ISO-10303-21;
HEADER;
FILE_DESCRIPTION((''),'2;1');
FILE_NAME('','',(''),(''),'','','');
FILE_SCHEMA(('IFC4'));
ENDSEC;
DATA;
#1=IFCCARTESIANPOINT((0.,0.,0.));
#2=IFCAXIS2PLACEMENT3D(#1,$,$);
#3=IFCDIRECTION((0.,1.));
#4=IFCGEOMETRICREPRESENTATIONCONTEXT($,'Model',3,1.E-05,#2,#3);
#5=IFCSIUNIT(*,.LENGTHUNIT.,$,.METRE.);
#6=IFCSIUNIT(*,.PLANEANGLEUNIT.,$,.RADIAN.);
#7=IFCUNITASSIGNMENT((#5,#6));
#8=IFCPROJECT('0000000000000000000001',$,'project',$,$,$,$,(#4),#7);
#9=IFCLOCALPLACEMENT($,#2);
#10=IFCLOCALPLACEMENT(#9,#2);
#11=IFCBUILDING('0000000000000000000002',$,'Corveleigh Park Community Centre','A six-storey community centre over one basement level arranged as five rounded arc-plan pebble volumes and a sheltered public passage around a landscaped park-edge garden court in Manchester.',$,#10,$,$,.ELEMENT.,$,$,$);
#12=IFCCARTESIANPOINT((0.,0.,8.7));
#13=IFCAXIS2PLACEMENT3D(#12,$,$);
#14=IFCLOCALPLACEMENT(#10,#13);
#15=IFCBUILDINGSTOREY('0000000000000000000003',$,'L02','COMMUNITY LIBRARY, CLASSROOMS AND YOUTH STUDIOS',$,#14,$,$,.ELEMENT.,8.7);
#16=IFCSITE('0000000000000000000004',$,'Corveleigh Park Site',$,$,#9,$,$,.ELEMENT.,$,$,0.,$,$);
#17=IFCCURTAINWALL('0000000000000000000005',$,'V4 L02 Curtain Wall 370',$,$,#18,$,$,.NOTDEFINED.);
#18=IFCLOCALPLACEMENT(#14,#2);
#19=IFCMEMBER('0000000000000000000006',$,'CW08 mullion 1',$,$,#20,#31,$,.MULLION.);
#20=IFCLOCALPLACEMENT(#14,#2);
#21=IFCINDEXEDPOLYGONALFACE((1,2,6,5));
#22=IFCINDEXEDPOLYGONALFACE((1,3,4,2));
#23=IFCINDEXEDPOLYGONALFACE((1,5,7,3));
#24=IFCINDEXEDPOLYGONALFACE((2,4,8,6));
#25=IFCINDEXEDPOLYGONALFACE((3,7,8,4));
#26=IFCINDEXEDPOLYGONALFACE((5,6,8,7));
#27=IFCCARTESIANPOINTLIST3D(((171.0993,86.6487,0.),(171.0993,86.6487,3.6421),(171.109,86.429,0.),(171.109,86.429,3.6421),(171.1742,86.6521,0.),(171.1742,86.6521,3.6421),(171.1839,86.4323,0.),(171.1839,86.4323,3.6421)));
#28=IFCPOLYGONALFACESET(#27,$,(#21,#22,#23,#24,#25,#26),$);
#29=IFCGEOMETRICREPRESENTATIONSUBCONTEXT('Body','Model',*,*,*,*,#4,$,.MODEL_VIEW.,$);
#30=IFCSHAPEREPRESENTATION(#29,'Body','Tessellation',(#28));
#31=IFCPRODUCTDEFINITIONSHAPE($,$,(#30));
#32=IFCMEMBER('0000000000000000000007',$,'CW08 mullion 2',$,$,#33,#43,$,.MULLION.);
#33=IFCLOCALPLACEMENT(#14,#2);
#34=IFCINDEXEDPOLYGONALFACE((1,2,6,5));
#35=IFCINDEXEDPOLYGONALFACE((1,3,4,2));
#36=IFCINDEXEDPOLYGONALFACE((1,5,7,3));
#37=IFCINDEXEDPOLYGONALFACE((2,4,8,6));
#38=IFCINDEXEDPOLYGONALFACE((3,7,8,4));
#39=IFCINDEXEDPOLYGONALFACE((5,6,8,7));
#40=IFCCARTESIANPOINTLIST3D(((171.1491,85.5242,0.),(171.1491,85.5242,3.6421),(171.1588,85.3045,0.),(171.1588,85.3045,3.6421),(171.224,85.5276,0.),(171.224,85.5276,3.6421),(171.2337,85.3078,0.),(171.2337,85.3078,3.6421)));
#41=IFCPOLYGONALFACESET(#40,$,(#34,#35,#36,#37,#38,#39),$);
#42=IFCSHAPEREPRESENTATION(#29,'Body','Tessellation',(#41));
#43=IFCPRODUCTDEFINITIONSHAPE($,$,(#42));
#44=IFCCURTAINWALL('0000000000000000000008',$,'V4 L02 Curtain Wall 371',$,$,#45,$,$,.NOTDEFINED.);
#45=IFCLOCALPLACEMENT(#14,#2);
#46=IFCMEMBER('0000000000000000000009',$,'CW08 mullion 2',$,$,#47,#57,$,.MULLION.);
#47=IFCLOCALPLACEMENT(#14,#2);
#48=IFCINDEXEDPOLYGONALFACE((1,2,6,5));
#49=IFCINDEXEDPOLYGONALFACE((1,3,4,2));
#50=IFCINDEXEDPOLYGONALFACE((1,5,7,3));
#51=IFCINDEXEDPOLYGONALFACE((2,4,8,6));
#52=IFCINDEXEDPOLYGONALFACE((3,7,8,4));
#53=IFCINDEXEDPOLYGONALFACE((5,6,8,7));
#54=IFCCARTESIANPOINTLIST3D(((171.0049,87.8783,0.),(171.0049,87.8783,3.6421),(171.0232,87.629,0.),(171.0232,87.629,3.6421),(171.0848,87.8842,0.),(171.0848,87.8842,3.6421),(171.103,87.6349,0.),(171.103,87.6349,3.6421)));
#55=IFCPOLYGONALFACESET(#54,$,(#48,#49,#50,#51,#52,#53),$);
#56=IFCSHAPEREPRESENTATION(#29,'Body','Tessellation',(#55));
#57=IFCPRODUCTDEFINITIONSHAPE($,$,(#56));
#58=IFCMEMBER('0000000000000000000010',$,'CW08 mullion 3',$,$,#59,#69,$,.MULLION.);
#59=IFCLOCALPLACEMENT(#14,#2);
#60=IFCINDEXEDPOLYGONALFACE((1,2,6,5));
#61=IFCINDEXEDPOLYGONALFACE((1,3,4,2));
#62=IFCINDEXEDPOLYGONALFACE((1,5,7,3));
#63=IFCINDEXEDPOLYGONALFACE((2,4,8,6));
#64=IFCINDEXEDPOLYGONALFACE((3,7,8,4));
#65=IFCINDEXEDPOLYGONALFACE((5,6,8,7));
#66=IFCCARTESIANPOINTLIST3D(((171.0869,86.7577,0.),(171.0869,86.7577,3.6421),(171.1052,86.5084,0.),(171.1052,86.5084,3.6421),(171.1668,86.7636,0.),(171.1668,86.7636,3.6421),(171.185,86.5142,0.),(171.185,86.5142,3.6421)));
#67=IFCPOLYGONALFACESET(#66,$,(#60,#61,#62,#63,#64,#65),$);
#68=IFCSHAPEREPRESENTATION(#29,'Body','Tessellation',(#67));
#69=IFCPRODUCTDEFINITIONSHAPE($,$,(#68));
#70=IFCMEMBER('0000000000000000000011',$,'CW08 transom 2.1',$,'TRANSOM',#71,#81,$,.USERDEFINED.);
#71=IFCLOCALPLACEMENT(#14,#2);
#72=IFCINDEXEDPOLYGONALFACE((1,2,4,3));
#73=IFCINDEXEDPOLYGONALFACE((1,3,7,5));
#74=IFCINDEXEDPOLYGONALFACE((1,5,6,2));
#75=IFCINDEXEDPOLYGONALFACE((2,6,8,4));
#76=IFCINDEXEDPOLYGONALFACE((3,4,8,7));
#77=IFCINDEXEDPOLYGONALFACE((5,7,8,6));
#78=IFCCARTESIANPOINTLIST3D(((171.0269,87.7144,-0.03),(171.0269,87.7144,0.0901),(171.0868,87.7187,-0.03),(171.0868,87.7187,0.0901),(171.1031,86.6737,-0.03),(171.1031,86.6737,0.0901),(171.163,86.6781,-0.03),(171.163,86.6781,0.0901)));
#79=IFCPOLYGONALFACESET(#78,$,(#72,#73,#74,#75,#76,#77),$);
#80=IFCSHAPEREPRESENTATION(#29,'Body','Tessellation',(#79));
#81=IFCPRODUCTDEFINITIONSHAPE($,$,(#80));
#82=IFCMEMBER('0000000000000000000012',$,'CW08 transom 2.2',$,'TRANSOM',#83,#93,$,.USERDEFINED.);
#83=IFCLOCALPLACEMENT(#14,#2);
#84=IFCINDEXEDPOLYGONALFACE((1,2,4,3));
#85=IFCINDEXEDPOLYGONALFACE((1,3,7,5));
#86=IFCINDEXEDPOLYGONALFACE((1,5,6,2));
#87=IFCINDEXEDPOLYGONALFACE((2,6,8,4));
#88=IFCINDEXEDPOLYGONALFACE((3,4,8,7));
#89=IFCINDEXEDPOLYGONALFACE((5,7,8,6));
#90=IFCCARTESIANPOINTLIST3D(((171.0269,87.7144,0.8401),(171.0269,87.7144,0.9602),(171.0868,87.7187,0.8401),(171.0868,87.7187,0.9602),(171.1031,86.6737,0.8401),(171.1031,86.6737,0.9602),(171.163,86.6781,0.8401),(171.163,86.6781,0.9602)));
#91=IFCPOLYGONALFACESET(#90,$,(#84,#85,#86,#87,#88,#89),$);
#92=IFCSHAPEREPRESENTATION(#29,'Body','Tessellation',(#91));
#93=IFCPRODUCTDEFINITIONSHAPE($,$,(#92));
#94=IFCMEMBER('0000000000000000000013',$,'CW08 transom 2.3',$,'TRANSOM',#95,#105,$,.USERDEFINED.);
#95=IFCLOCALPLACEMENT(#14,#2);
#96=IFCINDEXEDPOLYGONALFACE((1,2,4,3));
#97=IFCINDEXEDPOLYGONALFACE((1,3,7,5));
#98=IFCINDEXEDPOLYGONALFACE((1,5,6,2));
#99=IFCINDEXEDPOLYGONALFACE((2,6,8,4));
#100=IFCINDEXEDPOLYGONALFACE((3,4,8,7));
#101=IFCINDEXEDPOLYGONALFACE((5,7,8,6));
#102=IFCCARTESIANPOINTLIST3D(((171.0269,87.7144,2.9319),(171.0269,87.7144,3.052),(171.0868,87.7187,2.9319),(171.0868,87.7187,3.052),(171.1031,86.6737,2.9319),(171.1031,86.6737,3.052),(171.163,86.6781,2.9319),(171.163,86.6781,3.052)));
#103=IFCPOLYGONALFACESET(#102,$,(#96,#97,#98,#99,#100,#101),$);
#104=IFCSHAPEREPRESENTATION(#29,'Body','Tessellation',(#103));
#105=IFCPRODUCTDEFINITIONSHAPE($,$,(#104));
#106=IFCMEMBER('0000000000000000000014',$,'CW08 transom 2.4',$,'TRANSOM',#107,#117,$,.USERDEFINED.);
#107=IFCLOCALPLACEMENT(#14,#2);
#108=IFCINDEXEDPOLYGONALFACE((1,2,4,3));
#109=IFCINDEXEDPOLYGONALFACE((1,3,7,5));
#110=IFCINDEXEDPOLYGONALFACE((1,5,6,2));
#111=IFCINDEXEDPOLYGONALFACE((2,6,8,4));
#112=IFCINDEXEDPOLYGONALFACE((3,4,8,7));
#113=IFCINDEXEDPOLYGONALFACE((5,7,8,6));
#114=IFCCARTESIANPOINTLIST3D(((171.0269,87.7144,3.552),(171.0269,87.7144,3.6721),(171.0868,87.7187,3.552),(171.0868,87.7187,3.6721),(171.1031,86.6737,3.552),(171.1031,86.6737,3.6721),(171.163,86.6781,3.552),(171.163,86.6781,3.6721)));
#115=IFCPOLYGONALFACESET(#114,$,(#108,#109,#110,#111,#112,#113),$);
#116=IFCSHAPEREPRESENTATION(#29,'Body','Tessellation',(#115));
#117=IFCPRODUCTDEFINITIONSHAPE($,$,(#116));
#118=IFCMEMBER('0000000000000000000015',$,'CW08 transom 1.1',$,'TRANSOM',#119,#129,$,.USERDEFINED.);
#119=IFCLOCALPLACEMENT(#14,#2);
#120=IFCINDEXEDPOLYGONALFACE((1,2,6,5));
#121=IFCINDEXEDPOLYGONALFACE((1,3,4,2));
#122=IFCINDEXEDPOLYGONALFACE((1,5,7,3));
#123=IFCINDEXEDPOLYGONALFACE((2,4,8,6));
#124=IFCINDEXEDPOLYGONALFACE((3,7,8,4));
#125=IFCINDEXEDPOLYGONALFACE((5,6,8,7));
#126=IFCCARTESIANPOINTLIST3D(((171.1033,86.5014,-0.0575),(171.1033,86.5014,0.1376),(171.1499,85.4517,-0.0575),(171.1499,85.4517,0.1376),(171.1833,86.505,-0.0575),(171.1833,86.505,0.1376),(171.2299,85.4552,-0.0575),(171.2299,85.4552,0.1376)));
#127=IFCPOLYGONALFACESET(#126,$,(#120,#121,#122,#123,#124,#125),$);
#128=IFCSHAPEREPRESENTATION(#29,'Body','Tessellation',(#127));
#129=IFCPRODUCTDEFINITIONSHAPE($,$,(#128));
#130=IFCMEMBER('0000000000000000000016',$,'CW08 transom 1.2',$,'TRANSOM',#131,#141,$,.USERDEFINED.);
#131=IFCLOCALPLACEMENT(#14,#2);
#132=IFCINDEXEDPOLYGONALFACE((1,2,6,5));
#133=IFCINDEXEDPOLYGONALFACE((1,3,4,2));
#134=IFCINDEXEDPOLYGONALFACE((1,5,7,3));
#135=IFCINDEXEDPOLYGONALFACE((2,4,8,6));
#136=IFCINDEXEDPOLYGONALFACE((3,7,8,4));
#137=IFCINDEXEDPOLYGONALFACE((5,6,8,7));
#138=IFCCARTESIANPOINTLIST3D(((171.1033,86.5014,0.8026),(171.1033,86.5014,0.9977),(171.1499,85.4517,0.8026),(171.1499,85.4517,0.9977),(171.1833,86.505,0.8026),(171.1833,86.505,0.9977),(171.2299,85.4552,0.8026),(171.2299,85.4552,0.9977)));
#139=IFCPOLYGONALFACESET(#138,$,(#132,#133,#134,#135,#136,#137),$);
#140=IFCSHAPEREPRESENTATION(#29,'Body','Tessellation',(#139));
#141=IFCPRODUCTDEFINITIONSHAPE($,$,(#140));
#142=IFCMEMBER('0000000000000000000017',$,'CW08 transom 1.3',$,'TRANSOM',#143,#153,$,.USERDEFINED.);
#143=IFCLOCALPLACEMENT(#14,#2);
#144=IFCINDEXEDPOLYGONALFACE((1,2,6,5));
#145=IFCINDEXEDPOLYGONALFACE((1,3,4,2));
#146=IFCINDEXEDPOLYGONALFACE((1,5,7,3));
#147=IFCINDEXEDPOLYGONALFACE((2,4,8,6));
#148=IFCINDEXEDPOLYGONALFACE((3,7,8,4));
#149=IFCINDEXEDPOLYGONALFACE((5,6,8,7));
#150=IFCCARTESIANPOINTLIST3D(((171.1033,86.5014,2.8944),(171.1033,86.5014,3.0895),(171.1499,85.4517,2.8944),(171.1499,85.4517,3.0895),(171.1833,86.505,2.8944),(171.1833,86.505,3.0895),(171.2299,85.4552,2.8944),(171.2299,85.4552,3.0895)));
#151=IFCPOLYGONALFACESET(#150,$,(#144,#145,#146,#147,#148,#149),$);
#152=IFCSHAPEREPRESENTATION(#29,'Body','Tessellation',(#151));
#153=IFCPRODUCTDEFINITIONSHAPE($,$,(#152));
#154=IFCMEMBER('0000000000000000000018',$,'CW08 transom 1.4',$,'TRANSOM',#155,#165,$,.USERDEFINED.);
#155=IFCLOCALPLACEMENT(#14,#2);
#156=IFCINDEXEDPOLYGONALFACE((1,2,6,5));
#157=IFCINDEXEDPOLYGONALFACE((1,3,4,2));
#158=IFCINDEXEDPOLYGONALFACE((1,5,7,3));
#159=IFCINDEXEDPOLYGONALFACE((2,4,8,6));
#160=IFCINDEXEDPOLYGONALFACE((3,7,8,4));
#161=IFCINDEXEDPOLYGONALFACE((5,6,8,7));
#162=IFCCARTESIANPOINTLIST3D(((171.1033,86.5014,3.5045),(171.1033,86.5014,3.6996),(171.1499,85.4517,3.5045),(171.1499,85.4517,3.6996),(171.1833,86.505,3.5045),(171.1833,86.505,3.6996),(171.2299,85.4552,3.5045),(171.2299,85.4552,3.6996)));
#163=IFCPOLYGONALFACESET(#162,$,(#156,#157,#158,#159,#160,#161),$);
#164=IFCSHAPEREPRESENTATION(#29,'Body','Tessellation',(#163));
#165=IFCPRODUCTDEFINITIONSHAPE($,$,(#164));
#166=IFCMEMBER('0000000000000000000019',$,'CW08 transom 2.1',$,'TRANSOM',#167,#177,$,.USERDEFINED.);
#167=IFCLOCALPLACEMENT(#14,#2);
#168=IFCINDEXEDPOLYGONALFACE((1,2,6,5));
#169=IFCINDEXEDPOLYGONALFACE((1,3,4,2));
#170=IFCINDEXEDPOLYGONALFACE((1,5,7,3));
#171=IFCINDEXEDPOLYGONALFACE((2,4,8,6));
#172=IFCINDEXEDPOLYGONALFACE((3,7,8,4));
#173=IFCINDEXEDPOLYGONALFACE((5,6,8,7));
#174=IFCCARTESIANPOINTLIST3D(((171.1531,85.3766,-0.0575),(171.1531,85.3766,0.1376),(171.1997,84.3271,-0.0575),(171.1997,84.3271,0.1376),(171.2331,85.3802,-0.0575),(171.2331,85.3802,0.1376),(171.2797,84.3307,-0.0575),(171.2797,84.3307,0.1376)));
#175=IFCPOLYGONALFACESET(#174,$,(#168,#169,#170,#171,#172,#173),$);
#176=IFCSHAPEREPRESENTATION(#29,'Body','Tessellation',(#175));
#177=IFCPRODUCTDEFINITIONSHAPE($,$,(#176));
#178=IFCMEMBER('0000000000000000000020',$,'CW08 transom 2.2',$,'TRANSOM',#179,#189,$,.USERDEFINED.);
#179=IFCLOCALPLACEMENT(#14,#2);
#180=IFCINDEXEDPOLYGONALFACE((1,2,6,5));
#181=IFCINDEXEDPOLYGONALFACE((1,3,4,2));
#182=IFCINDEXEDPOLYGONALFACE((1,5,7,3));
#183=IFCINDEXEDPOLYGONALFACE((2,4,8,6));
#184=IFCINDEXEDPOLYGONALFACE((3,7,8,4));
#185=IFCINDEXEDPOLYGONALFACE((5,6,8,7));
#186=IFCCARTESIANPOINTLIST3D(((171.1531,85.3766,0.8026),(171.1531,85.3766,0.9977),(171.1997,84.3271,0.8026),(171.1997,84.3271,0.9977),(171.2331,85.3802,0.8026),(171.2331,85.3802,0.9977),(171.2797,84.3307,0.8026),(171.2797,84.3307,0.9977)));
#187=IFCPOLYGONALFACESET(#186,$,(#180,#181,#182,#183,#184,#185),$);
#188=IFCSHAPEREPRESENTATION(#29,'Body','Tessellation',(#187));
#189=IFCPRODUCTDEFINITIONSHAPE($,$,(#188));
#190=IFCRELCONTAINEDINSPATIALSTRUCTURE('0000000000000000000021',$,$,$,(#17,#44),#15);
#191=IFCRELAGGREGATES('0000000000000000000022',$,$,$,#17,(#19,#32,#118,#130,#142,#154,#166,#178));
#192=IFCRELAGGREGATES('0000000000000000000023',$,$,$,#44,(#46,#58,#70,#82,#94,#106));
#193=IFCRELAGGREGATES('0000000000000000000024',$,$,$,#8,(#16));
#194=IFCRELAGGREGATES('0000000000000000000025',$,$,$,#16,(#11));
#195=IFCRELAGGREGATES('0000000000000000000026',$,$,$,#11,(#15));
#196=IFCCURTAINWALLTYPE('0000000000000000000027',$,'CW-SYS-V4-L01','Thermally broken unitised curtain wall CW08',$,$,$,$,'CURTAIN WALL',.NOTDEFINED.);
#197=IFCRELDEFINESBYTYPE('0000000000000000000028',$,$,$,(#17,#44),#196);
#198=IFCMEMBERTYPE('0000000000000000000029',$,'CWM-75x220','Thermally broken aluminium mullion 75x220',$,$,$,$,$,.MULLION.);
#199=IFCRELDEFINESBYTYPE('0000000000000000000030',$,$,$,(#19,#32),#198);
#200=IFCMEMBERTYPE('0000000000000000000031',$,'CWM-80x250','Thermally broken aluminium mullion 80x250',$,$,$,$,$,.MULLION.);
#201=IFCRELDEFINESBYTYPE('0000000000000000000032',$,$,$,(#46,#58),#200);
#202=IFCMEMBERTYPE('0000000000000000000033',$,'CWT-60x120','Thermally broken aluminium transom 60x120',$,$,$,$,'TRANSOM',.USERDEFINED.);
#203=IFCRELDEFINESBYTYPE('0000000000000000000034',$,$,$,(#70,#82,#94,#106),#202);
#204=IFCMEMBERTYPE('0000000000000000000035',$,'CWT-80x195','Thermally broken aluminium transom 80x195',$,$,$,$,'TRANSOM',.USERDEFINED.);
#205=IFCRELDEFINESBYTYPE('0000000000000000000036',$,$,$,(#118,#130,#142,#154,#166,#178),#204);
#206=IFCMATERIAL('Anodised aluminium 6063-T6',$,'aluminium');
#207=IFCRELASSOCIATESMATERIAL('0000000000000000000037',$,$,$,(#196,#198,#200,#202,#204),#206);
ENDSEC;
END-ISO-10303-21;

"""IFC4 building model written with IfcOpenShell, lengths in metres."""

from ifc_helpers import new_model, si_unit, direction, frame, origin, origin_2d, place, context, subcontext, project, spatial, rectangle, extrude, material, material_profile, profile_set, type_object, element, aggregate, save


model = new_model("IFC4")

# Units and contexts
model_context = context("Model", 3, precision=1e-05, world=origin(), true_north=direction((0.0, 1.0)))
body_context = subcontext(model_context, "Body", "Model", "MODEL_VIEW")
ifc_project = project(units=[si_unit("LENGTHUNIT", "METRE"), si_unit("PLANEANGLEUNIT", "RADIAN")], contexts=[model_context])

# Site, building, storey
site_placement = place(None, origin())
site = spatial("IfcSite", under=ifc_project, at=site_placement, Name="Corveleigh Park Site", CompositionType="ELEMENT", RefElevation=0.0)
building_placement = place(site_placement, origin())
building = spatial("IfcBuilding", under=site, at=building_placement, Name="Corveleigh Park Community Centre", Description="A six-storey community centre over one basement level arranged as five rounded arc-plan pebble volumes and a sheltered public passage around a landscaped park-edge garden court in Manchester.", CompositionType="ELEMENT")
storey_placement = place(building_placement, frame((0.0, 0.0, 8.7)))
storey = spatial("IfcBuildingStorey", under=building, at=storey_placement, Name="L02", Description="COMMUNITY LIBRARY, CLASSROOMS AND YOUTH STUDIOS", CompositionType="ELEMENT", Elevation=8.7)

# Curtain walls, members
ifc_material_1 = material(Name="Anodised aluminium 6063-T6", Category="aluminium")
curtain_wall_type = type_object("IfcCurtainWallType", Name="CW-SYS-V4-L01", Description="Thermally broken unitised curtain wall CW08", ElementType="CURTAIN WALL", PredefinedType="NOTDEFINED", material=ifc_material_1)
curtain_wall_1_placement = place(storey_placement, origin())
curtain_wall_1 = element("IfcCurtainWall", 1, at=curtain_wall_1_placement, inside=storey, type_object=curtain_wall_type, Name="V4 L02 Curtain Wall 370", PredefinedType="NOTDEFINED")
ifc_material_profile_1 = material_profile(ifc_material_1, rectangle(XDim=0.075, YDim=0.22, at=origin_2d()), Name="ALU-M75x220", Category="aluminium")
ifc_profile_set_1 = profile_set([ifc_material_profile_1], Name="Anodised aluminium 6063-T6")
member_type_1 = type_object("IfcMemberType", Name="CWM-75x220", Description="Thermally broken aluminium mullion 75x220", PredefinedType="MULLION", material=ifc_profile_set_1)
member_1_placement = place(storey_placement, frame((171.1416, 86.5405, 0.0), z_axis=(0.0, 0.0, 1.0), x_axis=(0.999019, 0.044277, 0.0)))
member_1 = element("IfcMember", 2, at=member_1_placement, type_object=member_type_1, Name="CW08 mullion 1", PredefinedType="MULLION", context=body_context, shape_type="SweptSolid", body=[
    extrude(rectangle(XDim=0.075, YDim=0.22, at=origin_2d()), origin(), (0.0, 0.0, 1.0), 3.6421),
])
member_2_placement = place(storey_placement, frame((171.1914, 85.416, 0.0), z_axis=(0.0, 0.0, 1.0), x_axis=(0.999019, 0.044277, 0.0)))
member_2 = element("IfcMember", 3, at=member_2_placement, type_object=member_type_1, Name="CW08 mullion 2", PredefinedType="MULLION", context=body_context, shape_type="SweptSolid", body=[
    extrude(rectangle(XDim=0.075, YDim=0.22, at=origin_2d()), origin(), (0.0, 0.0, 1.0), 3.6421),
])
curtain_wall_2_placement = place(storey_placement, origin())
curtain_wall_2 = element("IfcCurtainWall", 4, at=curtain_wall_2_placement, inside=storey, type_object=curtain_wall_type, Name="V4 L02 Curtain Wall 371", PredefinedType="NOTDEFINED")
ifc_material_profile_2 = material_profile(ifc_material_1, rectangle(XDim=0.0801, YDim=0.25, at=origin_2d()), Name="ALU-M80x250", Category="aluminium")
ifc_profile_set_2 = profile_set([ifc_material_profile_2], Name="Anodised aluminium 6063-T6")
member_type_2 = type_object("IfcMemberType", Name="CWM-80x250", Description="Thermally broken aluminium mullion 80x250", PredefinedType="MULLION", material=ifc_profile_set_2)
member_3_placement = place(storey_placement, frame((171.054, 87.7566, 0.0), z_axis=(0.0, 0.0, 1.0), x_axis=(0.997328, 0.073049, 0.0)))
member_3 = element("IfcMember", 5, at=member_3_placement, type_object=member_type_2, Name="CW08 mullion 2", PredefinedType="MULLION", context=body_context, shape_type="SweptSolid", body=[
    extrude(rectangle(XDim=0.0801, YDim=0.25, at=origin_2d()), origin(), (0.0, 0.0, 1.0), 3.6421),
])
member_4_placement = place(storey_placement, frame((171.136, 86.636, 0.0), z_axis=(0.0, 0.0, 1.0), x_axis=(0.997328, 0.073049, 0.0)))
member_4 = element("IfcMember", 6, at=member_4_placement, type_object=member_type_2, Name="CW08 mullion 3", PredefinedType="MULLION", context=body_context, shape_type="SweptSolid", body=[
    extrude(rectangle(XDim=0.0801, YDim=0.25, at=origin_2d()), origin(), (0.0, 0.0, 1.0), 3.6421),
])
ifc_material_profile_3 = material_profile(ifc_material_1, rectangle(XDim=0.0601, YDim=0.1201, at=origin_2d()), Name="ALU-T60x120", Category="aluminium")
ifc_profile_set_3 = profile_set([ifc_material_profile_3], Name="Anodised aluminium 6063-T6")
member_type_3 = type_object("IfcMemberType", Name="CWT-60x120", Description="Thermally broken aluminium transom 60x120", ElementType="TRANSOM", PredefinedType="USERDEFINED", material=ifc_profile_set_3)
member_5_placement = place(storey_placement, frame((171.0569, 87.7166, 0.03), z_axis=(0.072993, -0.997332, 0.0), x_axis=(0.997332, 0.072993, 0.0)))
member_5 = element("IfcMember", 7, at=member_5_placement, type_object=member_type_3, Name="CW08 transom 2.1", ObjectType="TRANSOM", PredefinedType="USERDEFINED", context=body_context, shape_type="SweptSolid", body=[
    extrude(rectangle(XDim=0.0601, YDim=0.1201, at=origin_2d()), origin(), (0.0, 0.0, 1.0), 1.0435),
])
member_6_placement = place(storey_placement, frame((171.0569, 87.7166, 0.9001), z_axis=(0.072993, -0.997332, 0.0), x_axis=(0.997332, 0.072993, 0.0)))
member_6 = element("IfcMember", 8, at=member_6_placement, type_object=member_type_3, Name="CW08 transom 2.2", ObjectType="TRANSOM", PredefinedType="USERDEFINED", context=body_context, shape_type="SweptSolid", body=[
    extrude(rectangle(XDim=0.0601, YDim=0.1201, at=origin_2d()), origin(), (0.0, 0.0, 1.0), 1.0435),
])
member_7_placement = place(storey_placement, frame((171.0569, 87.7166, 2.9919), z_axis=(0.072993, -0.997332, 0.0), x_axis=(0.997332, 0.072993, 0.0)))
member_7 = element("IfcMember", 9, at=member_7_placement, type_object=member_type_3, Name="CW08 transom 2.3", ObjectType="TRANSOM", PredefinedType="USERDEFINED", context=body_context, shape_type="SweptSolid", body=[
    extrude(rectangle(XDim=0.0601, YDim=0.1201, at=origin_2d()), origin(), (0.0, 0.0, 1.0), 1.0435),
])
member_8_placement = place(storey_placement, frame((171.0569, 87.7166, 3.6121), z_axis=(0.072993, -0.997332, 0.0), x_axis=(0.997332, 0.072993, 0.0)))
member_8 = element("IfcMember", 10, at=member_8_placement, type_object=member_type_3, Name="CW08 transom 2.4", ObjectType="TRANSOM", PredefinedType="USERDEFINED", context=body_context, shape_type="SweptSolid", body=[
    extrude(rectangle(XDim=0.0601, YDim=0.1201, at=origin_2d()), origin(), (0.0, 0.0, 1.0), 1.0435),
])

# Members
ifc_material_profile_4 = material_profile(ifc_material_1, rectangle(XDim=0.0801, YDim=0.1951, at=origin_2d()), Name="ALU-T80x195", Category="aluminium")
ifc_profile_set_4 = profile_set([ifc_material_profile_4], Name="Anodised aluminium 6063-T6")
member_type_4 = type_object("IfcMemberType", Name="CWT-80x195", Description="Thermally broken aluminium transom 80x195", ElementType="TRANSOM", PredefinedType="USERDEFINED", material=ifc_profile_set_4)
member_9_placement = place(storey_placement, frame((171.1433, 86.5032, 0.04), z_axis=(0.044375, -0.999015, 0.0), x_axis=(0.999015, 0.044375, 0.0)))
member_9 = element("IfcMember", 11, at=member_9_placement, type_object=member_type_4, Name="CW08 transom 1.1", ObjectType="TRANSOM", PredefinedType="USERDEFINED", context=body_context, shape_type="SweptSolid", body=[
    extrude(rectangle(XDim=0.0801, YDim=0.1951, at=origin_2d()), origin(), (0.0, 0.0, 1.0), 1.0508),
])
member_10_placement = place(storey_placement, frame((171.1433, 86.5032, 0.9001), z_axis=(0.044375, -0.999015, 0.0), x_axis=(0.999015, 0.044375, 0.0)))
member_10 = element("IfcMember", 12, at=member_10_placement, type_object=member_type_4, Name="CW08 transom 1.2", ObjectType="TRANSOM", PredefinedType="USERDEFINED", context=body_context, shape_type="SweptSolid", body=[
    extrude(rectangle(XDim=0.0801, YDim=0.1951, at=origin_2d()), origin(), (0.0, 0.0, 1.0), 1.0508),
])
member_11_placement = place(storey_placement, frame((171.1433, 86.5032, 2.9919), z_axis=(0.044375, -0.999015, 0.0), x_axis=(0.999015, 0.044375, 0.0)))
member_11 = element("IfcMember", 13, at=member_11_placement, type_object=member_type_4, Name="CW08 transom 1.3", ObjectType="TRANSOM", PredefinedType="USERDEFINED", context=body_context, shape_type="SweptSolid", body=[
    extrude(rectangle(XDim=0.0801, YDim=0.1951, at=origin_2d()), origin(), (0.0, 0.0, 1.0), 1.0508),
])
member_12_placement = place(storey_placement, frame((171.1433, 86.5032, 3.6021), z_axis=(0.044375, -0.999015, 0.0), x_axis=(0.999015, 0.044375, 0.0)))
member_12 = element("IfcMember", 14, at=member_12_placement, type_object=member_type_4, Name="CW08 transom 1.4", ObjectType="TRANSOM", PredefinedType="USERDEFINED", context=body_context, shape_type="SweptSolid", body=[
    extrude(rectangle(XDim=0.0801, YDim=0.1951, at=origin_2d()), origin(), (0.0, 0.0, 1.0), 1.0508),
])
member_13_placement = place(storey_placement, frame((171.1931, 85.3784, 0.04), z_axis=(0.044385, -0.999014, 0.0), x_axis=(0.999014, 0.044385, 0.0)))
member_13 = element("IfcMember", 15, at=member_13_placement, type_object=member_type_4, Name="CW08 transom 2.1", ObjectType="TRANSOM", PredefinedType="USERDEFINED", context=body_context, shape_type="SweptSolid", body=[
    extrude(rectangle(XDim=0.0801, YDim=0.1951, at=origin_2d()), origin(), (0.0, 0.0, 1.0), 1.0505),
])
member_14_placement = place(storey_placement, frame((171.1931, 85.3784, 0.9001), z_axis=(0.044385, -0.999014, 0.0), x_axis=(0.999014, 0.044385, 0.0)))
member_14 = element("IfcMember", 16, at=member_14_placement, type_object=member_type_4, Name="CW08 transom 2.2", ObjectType="TRANSOM", PredefinedType="USERDEFINED", context=body_context, shape_type="SweptSolid", body=[
    extrude(rectangle(XDim=0.0801, YDim=0.1951, at=origin_2d()), origin(), (0.0, 0.0, 1.0), 1.0505),
])

aggregate(curtain_wall_1, [member_1, member_2, member_9, member_10, member_11, member_12, member_13, member_14])
aggregate(curtain_wall_2, [member_3, member_4, member_5, member_6, member_7, member_8])

save(model, "model.ifc")
